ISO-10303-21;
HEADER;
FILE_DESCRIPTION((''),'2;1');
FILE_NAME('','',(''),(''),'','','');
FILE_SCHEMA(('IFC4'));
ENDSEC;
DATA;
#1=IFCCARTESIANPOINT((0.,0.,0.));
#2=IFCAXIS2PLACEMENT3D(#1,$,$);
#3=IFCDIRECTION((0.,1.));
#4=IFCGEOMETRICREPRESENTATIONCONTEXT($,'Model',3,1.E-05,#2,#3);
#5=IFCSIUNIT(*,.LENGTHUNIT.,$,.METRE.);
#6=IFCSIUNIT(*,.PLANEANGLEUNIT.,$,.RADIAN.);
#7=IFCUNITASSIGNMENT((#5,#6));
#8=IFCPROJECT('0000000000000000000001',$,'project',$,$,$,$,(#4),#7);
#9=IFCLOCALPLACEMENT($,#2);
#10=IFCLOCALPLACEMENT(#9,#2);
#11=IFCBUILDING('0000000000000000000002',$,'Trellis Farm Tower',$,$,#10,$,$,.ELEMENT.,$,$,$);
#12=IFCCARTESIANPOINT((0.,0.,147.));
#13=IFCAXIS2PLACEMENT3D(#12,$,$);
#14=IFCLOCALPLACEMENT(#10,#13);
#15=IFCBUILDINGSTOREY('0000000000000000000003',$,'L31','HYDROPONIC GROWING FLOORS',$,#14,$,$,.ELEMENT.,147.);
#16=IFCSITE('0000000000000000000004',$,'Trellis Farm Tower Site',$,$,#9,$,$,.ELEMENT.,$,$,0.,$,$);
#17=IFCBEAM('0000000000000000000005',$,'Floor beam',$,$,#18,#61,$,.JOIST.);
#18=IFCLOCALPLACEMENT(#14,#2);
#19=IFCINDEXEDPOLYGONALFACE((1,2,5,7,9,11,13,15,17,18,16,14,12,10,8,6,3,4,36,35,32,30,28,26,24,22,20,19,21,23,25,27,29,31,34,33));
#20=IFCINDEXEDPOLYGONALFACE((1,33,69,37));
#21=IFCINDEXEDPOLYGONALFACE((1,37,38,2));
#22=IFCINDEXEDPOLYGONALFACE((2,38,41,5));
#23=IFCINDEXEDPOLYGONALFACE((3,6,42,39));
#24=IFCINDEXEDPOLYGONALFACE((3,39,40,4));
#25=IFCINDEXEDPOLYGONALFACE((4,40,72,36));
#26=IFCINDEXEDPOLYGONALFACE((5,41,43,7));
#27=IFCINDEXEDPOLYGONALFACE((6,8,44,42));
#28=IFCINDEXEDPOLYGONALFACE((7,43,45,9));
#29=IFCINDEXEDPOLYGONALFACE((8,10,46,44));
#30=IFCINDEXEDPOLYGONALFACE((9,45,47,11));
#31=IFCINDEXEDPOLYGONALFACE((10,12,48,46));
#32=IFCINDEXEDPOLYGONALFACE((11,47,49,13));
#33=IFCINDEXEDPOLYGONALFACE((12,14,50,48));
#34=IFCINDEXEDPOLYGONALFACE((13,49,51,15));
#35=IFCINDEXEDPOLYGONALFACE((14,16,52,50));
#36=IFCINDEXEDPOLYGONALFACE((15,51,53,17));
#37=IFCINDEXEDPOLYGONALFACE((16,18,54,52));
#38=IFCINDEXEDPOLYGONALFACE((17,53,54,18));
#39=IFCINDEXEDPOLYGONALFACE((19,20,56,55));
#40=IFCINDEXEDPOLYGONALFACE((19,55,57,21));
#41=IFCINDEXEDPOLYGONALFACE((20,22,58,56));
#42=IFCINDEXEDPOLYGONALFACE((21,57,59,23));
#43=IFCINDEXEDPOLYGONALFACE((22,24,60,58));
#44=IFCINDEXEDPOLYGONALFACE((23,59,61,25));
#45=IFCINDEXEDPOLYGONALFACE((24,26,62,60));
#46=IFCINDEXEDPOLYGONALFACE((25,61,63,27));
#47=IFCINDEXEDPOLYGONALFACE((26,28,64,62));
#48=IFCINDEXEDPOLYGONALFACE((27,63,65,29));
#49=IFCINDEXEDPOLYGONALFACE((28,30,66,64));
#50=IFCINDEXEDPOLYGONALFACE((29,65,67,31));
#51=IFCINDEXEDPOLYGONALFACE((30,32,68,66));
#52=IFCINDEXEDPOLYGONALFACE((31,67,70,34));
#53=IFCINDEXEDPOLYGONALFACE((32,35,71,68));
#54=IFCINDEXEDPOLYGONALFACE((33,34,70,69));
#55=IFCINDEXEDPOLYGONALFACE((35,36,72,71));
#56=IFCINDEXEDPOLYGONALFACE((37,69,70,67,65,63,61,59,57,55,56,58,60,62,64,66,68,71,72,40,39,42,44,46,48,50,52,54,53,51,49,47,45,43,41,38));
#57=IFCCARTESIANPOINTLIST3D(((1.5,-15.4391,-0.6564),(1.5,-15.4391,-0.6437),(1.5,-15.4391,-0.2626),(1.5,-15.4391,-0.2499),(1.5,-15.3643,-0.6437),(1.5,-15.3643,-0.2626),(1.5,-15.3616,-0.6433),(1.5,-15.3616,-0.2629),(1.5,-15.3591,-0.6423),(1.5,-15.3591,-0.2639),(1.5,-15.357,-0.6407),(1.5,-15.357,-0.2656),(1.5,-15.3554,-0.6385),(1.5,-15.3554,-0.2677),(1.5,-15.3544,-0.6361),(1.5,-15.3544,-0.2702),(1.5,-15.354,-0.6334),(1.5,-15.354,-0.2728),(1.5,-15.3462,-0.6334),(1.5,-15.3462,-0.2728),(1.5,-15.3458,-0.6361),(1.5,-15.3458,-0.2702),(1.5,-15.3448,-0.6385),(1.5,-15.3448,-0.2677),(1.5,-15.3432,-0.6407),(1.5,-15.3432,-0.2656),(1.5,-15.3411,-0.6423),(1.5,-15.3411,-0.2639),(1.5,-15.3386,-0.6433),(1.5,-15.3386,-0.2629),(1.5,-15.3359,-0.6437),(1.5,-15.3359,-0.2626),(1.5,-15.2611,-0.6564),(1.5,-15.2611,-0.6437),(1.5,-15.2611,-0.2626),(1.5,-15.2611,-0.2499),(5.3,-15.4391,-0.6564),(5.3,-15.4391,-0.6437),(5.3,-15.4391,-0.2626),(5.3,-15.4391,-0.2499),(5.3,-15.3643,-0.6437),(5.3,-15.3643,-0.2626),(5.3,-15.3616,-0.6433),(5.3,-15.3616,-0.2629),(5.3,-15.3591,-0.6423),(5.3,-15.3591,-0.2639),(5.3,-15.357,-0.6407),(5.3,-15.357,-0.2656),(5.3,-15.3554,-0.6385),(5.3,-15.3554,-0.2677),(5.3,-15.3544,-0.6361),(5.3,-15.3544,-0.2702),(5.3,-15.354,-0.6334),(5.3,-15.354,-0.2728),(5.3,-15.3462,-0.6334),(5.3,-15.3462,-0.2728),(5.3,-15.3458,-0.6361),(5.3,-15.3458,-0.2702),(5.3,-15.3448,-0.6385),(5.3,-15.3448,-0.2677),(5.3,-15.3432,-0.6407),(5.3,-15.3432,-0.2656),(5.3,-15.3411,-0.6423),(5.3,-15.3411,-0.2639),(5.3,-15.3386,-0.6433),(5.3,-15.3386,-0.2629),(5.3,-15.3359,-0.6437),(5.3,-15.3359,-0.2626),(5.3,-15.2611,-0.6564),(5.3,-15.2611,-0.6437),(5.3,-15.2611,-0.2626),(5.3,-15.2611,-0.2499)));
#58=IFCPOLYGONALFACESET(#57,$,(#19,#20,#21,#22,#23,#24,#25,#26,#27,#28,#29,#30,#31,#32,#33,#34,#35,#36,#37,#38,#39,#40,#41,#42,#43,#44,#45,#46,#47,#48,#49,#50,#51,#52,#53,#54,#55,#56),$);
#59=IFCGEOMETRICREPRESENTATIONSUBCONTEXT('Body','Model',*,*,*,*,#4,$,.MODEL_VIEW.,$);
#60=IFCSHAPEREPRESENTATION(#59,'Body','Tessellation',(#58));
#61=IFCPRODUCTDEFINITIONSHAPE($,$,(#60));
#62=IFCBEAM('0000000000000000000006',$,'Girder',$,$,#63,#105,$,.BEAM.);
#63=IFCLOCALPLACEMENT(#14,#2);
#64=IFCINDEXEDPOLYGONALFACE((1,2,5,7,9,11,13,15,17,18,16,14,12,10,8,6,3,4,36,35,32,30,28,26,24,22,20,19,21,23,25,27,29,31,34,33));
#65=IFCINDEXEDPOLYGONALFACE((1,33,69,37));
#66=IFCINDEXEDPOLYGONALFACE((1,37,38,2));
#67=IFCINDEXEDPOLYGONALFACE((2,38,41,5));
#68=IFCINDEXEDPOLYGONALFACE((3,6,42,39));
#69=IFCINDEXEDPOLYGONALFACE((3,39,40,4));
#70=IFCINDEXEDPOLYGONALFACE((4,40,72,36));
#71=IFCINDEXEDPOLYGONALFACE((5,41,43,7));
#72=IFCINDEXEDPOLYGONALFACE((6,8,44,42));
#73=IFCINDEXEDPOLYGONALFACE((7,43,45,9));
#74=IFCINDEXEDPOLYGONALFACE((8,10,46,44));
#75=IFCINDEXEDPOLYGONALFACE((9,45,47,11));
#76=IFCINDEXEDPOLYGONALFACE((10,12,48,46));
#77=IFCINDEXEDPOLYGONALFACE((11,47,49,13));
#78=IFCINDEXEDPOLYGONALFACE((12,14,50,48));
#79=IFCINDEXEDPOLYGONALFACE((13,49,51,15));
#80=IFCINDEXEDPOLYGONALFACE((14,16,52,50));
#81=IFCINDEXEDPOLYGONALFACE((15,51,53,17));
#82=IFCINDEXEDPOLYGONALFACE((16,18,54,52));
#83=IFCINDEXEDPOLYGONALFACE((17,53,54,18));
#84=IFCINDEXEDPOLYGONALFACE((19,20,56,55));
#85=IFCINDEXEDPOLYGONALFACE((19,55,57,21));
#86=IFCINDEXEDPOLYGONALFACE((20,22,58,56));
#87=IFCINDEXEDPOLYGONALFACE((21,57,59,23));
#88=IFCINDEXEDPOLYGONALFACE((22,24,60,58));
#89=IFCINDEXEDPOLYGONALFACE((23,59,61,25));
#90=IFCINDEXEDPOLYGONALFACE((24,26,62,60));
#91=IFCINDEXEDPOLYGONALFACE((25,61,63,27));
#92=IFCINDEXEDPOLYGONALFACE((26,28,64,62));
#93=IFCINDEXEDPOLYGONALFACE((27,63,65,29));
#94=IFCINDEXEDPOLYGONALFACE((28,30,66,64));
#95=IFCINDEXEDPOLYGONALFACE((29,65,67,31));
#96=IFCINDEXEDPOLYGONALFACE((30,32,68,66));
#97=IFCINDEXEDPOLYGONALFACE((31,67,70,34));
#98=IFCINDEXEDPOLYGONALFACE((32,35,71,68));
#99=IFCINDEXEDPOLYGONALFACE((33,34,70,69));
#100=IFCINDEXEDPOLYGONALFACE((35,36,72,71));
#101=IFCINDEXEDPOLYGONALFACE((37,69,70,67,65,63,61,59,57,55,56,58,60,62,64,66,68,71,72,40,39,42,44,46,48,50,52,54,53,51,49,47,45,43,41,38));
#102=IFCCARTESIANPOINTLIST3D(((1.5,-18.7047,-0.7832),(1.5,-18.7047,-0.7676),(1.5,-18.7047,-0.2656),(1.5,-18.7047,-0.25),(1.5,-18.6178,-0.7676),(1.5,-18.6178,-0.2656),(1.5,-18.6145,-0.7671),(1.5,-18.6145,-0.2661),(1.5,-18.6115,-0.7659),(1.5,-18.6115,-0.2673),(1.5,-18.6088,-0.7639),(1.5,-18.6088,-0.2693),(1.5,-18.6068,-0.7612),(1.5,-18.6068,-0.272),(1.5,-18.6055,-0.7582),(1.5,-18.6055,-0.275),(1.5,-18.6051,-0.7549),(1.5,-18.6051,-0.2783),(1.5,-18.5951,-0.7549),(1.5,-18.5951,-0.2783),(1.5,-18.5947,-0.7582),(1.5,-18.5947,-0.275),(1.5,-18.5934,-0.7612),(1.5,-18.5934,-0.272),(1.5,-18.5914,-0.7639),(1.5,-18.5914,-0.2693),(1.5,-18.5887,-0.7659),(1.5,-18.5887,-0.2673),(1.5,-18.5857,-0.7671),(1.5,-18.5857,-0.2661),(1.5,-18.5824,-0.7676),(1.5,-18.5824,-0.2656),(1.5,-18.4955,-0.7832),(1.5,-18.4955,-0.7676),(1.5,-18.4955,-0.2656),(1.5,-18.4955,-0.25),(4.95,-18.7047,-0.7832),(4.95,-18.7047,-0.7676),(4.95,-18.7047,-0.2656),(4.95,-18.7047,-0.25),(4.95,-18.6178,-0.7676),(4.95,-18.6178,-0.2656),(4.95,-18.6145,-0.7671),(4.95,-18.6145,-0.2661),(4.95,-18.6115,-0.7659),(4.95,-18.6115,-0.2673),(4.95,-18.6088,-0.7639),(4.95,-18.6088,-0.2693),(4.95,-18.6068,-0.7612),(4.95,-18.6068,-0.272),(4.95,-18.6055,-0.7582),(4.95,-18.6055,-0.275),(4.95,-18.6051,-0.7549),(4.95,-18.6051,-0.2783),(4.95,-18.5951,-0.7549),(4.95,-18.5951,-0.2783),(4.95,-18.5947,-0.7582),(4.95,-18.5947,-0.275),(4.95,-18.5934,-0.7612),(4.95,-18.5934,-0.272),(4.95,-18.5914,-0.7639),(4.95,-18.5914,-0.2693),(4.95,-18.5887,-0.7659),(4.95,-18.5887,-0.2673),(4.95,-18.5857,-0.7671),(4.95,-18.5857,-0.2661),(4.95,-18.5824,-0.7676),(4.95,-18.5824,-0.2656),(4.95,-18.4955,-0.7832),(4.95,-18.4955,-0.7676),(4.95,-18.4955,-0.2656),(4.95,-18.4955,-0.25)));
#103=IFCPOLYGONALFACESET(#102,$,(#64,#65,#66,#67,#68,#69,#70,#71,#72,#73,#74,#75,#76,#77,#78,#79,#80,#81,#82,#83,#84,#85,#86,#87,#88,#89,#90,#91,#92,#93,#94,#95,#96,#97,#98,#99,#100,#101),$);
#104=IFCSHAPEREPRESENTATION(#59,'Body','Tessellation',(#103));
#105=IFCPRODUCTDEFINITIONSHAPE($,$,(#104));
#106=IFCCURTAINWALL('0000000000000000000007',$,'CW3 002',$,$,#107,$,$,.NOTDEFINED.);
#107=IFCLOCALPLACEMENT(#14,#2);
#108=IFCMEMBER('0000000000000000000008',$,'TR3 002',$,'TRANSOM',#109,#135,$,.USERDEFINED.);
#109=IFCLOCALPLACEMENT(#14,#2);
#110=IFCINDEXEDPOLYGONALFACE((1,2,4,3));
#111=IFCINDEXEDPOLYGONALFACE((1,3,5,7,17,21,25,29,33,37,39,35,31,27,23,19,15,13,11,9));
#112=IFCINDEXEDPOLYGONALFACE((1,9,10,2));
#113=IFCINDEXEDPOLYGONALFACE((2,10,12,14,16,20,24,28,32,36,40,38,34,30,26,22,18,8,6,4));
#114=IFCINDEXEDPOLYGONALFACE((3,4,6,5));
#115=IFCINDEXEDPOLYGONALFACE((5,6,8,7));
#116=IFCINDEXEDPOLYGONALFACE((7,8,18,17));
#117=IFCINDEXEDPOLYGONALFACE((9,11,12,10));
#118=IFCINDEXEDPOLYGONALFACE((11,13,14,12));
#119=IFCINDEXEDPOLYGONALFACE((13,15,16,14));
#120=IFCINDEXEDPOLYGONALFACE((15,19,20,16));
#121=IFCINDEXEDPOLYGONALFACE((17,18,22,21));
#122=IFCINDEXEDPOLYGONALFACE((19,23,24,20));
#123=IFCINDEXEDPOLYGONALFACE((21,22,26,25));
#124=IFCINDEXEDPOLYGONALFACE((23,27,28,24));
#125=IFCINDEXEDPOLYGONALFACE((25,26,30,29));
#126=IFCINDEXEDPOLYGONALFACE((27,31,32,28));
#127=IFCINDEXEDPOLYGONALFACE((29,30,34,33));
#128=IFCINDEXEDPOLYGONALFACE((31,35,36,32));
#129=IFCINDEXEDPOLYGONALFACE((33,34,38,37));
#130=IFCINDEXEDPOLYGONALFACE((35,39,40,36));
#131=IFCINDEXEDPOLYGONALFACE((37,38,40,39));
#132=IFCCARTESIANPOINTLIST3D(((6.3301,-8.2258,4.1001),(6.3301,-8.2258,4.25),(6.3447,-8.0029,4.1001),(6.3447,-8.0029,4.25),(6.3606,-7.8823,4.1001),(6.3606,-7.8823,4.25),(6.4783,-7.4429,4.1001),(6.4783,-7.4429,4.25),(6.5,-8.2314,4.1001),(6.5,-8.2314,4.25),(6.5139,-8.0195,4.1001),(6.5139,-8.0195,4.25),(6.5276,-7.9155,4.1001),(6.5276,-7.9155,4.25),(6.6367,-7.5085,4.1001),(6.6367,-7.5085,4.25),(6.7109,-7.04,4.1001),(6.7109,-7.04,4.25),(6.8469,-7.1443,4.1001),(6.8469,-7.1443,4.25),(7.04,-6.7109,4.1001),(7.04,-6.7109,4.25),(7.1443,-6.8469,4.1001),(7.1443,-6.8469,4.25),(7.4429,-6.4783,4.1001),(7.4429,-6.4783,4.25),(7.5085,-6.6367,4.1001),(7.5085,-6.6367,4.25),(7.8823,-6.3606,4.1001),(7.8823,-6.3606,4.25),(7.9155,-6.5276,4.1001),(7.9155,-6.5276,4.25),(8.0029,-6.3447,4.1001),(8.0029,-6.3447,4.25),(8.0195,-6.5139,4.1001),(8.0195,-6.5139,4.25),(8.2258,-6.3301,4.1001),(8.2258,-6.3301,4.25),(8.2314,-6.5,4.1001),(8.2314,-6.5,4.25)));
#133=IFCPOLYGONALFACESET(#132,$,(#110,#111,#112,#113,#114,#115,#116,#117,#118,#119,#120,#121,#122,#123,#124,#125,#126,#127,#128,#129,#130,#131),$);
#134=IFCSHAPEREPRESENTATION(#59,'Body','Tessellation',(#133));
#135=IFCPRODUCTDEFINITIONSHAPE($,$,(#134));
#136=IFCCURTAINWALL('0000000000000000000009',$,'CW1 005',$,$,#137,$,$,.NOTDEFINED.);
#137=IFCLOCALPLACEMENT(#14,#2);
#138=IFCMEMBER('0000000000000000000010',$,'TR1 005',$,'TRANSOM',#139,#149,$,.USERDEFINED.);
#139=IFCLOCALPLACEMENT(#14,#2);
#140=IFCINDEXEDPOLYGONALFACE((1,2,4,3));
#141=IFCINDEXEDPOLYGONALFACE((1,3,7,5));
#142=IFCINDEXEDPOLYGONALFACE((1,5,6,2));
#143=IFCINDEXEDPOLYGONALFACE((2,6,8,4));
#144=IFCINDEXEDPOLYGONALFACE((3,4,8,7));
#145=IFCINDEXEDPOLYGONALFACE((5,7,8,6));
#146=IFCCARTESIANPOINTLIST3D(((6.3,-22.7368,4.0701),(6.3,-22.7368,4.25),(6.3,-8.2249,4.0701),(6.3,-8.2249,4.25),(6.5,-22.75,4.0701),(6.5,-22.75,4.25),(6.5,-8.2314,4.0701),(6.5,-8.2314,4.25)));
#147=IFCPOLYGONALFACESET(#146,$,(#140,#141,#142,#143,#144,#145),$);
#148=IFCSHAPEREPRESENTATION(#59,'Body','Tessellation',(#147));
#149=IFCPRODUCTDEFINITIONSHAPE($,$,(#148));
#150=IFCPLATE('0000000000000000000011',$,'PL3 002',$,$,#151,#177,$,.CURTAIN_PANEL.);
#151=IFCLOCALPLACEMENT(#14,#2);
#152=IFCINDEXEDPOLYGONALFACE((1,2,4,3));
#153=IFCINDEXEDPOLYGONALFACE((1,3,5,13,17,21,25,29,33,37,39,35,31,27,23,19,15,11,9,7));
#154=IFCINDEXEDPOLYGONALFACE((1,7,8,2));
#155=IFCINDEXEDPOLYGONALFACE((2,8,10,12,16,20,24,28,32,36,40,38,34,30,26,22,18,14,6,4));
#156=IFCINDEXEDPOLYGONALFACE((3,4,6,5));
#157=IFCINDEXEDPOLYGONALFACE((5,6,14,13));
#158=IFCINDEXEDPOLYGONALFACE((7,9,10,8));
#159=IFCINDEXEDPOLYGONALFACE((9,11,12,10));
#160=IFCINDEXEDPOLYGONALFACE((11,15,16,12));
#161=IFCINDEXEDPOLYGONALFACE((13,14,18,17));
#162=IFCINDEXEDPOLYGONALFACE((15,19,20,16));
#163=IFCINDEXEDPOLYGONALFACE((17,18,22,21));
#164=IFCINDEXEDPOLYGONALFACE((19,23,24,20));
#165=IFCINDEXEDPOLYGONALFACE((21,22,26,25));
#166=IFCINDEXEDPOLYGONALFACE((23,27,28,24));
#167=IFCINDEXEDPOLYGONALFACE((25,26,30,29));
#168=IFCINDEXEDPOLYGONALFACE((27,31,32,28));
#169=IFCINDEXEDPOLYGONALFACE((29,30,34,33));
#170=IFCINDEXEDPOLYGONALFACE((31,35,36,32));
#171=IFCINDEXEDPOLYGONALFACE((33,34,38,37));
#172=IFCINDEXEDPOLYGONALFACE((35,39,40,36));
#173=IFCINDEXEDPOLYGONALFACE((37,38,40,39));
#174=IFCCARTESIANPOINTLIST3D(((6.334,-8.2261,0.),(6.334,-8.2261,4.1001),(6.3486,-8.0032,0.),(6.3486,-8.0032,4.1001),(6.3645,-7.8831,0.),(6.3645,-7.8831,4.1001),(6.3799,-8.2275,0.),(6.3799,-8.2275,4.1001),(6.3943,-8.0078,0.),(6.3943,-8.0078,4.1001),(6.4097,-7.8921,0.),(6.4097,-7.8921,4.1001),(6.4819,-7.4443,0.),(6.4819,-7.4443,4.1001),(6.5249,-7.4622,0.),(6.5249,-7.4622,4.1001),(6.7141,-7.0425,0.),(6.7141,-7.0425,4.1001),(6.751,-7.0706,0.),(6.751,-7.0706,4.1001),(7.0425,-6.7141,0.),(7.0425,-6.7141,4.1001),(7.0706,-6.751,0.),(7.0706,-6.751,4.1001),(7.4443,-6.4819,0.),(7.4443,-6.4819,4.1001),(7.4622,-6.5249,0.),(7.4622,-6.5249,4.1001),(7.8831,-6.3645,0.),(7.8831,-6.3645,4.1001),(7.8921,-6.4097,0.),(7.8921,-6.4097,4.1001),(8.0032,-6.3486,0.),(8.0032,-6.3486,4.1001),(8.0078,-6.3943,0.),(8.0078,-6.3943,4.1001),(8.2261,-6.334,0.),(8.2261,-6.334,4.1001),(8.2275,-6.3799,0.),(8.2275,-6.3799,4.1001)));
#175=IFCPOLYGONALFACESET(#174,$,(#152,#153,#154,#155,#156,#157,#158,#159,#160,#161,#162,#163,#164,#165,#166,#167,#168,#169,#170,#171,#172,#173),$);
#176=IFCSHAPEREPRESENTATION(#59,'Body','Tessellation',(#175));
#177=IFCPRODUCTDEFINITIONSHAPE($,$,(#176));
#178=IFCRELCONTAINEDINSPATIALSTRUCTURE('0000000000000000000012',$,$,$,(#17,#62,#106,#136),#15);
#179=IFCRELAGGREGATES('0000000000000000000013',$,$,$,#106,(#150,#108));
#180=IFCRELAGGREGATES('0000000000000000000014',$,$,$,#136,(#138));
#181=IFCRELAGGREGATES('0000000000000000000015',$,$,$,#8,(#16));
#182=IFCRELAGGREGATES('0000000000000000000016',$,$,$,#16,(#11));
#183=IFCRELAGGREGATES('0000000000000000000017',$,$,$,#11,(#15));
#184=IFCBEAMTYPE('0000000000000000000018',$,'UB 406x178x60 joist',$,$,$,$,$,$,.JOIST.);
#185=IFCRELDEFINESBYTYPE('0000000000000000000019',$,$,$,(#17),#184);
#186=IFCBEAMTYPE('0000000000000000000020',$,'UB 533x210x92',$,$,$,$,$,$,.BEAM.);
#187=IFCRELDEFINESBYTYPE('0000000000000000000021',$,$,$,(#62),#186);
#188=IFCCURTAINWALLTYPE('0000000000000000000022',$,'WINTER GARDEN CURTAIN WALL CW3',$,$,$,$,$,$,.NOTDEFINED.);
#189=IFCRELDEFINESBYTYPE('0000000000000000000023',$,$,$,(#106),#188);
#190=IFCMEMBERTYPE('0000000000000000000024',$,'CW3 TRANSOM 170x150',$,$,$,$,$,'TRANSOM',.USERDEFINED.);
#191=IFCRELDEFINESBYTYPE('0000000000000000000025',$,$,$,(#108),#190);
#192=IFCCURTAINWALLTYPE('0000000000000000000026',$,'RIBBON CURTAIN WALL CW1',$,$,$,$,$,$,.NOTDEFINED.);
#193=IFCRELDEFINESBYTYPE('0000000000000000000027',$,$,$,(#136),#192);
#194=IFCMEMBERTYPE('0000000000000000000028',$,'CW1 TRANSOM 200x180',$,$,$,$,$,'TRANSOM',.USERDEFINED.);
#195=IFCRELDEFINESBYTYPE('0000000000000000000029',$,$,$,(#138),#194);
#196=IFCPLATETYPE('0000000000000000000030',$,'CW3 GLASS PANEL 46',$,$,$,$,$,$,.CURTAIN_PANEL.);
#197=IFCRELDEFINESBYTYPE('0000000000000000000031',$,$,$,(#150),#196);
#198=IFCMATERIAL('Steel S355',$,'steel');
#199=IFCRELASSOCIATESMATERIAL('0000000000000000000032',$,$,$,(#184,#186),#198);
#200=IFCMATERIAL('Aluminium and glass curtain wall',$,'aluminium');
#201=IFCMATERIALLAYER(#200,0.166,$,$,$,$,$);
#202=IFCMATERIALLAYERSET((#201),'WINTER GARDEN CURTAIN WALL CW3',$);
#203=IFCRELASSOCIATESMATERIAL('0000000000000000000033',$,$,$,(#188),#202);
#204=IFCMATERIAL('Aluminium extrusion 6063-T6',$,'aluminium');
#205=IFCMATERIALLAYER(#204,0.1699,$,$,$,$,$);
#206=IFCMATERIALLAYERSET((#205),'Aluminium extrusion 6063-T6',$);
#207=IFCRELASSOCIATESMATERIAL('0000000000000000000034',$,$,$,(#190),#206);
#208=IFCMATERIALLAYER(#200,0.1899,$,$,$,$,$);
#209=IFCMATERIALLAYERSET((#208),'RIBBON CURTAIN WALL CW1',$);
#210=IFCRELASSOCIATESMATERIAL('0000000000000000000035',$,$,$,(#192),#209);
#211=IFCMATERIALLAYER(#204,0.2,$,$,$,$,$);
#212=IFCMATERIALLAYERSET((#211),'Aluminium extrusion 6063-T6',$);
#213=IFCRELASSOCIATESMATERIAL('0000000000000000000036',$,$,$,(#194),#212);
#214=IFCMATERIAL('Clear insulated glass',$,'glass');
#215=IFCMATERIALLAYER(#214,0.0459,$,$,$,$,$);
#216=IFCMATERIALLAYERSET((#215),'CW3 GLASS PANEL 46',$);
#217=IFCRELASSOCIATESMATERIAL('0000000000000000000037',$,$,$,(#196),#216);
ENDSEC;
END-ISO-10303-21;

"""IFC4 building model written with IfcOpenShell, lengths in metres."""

from ifc_helpers import new_model, si_unit, direction, frame, origin, origin_2d, place, context, subcontext, project, spatial, polyline, i_section, outline, extrude, source, transform, mapped, material, layer, layer_set, material_profile, profile_set, type_object, element, aggregate, save


model = new_model("IFC4")

# Units and contexts
model_context = context("Model", 3, precision=1e-05, world=origin(), true_north=direction((0.0, 1.0)))
body_context = subcontext(model_context, "Body", "Model", "MODEL_VIEW")
ifc_project = project(units=[si_unit("LENGTHUNIT", "METRE"), si_unit("PLANEANGLEUNIT", "RADIAN")], contexts=[model_context])

# Site, building, storey
site_placement = place(None, origin())
site = spatial("IfcSite", under=ifc_project, at=site_placement, Name="Trellis Farm Tower Site", CompositionType="ELEMENT", RefElevation=0.0)
building_placement = place(site_placement, origin())
building = spatial("IfcBuilding", under=site, at=building_placement, Name="Trellis Farm Tower", CompositionType="ELEMENT")
storey_placement = place(building_placement, frame((0.0, 0.0, 147.0)))
storey = spatial("IfcBuildingStorey", under=building, at=storey_placement, Name="L31", Description="HYDROPONIC GROWING FLOORS", CompositionType="ELEMENT", Elevation=147.0)

# Beams
ifc_material_1 = material(Name="Steel S355", Category="steel")
ifc_material_profile_1 = material_profile(ifc_material_1, i_section(OverallWidth=0.178, OverallDepth=0.4065, WebThickness=0.0078, FlangeThickness=0.0127, FilletRadius=0.0103, at=origin_2d()), Name="UB 406x178x60")
ifc_profile_set_1 = profile_set([ifc_material_profile_1], Name="Steel S355")
beam_type_1 = type_object("IfcBeamType", Name="UB 406x178x60 joist", PredefinedType="JOIST", material=ifc_profile_set_1)
shared_shape_1 = source(origin(), body_context, "Body", "SweptSolid", [
    extrude(i_section(OverallWidth=0.178, OverallDepth=0.4065, WebThickness=0.0078, FlangeThickness=0.0127, FilletRadius=0.0103, at=origin_2d()), origin(), (0.0, 0.0, 1.0), 3.8),
])
beam_1_placement = place(storey_placement, frame((1.5, -15.3501, -0.4531), z_axis=(1.0, 0.0, 0.0), x_axis=(0.0, 1.0, 0.0)))
element("IfcBeam", 1, at=beam_1_placement, inside=storey, type_object=beam_type_1, Name="Floor beam", PredefinedType="JOIST", context=body_context, shape_type="MappedRepresentation", body=[
    mapped(shared_shape_1, transform((0.0, 0.0, 0.0))),
])
ifc_material_profile_2 = material_profile(ifc_material_1, i_section(OverallWidth=0.2092, OverallDepth=0.5332, WebThickness=0.01, FlangeThickness=0.0156, FilletRadius=0.0127, at=origin_2d()), Name="UB 533x210x92")
ifc_profile_set_2 = profile_set([ifc_material_profile_2], Name="Steel S355")
beam_type_2 = type_object("IfcBeamType", Name="UB 533x210x92", PredefinedType="BEAM", material=ifc_profile_set_2)
shared_shape_2 = source(origin(), body_context, "Body", "SweptSolid", [
    extrude(i_section(OverallWidth=0.2092, OverallDepth=0.5332, WebThickness=0.01, FlangeThickness=0.0156, FilletRadius=0.0127, at=origin_2d()), origin(), (0.0, 0.0, 1.0), 3.45),
])
beam_2_placement = place(storey_placement, frame((1.5, -18.6001, -0.5166), z_axis=(1.0, 0.0, 0.0), x_axis=(0.0, 1.0, 0.0)))
element("IfcBeam", 2, at=beam_2_placement, inside=storey, type_object=beam_type_2, Name="Girder", PredefinedType="BEAM", context=body_context, shape_type="MappedRepresentation", body=[
    mapped(shared_shape_2, transform((0.0, 0.0, 0.0))),
])

# Curtain walls, members
ifc_material_2 = material(Name="Aluminium and glass curtain wall", Category="aluminium")
ifc_layer_1 = layer(ifc_material_2, 0.166)
ifc_layer_set_1 = layer_set([ifc_layer_1], Name="WINTER GARDEN CURTAIN WALL CW3")
curtain_wall_type_1 = type_object("IfcCurtainWallType", Name="WINTER GARDEN CURTAIN WALL CW3", PredefinedType="NOTDEFINED", material=ifc_layer_set_1)
placement_1 = place(storey_placement, origin())
curtain_wall_1 = element("IfcCurtainWall", 3, at=placement_1, inside=storey, type_object=curtain_wall_type_1, Name="CW3 002", PredefinedType="NOTDEFINED")
ifc_material_3 = material(Name="Aluminium extrusion 6063-T6", Category="aluminium")
ifc_layer_2 = layer(ifc_material_3, 0.1699)
ifc_layer_set_2 = layer_set([ifc_layer_2], Name="Aluminium extrusion 6063-T6")
member_type_1 = type_object("IfcMemberType", Name="CW3 TRANSOM 170x150", ElementType="TRANSOM", PredefinedType="USERDEFINED", material=ifc_layer_set_2)
shared_shape_3 = source(origin(), body_context, "Body", "SweptSolid", [
    extrude(outline(polyline([(6.5, -8.2314), (6.5139, -8.0195), (6.5276, -7.9155), (6.6367, -7.5085), (6.8469, -7.1443), (7.1443, -6.8469), (7.5085, -6.6367), (7.9155, -6.5276), (8.0195, -6.5139), (8.2314, -6.5), (8.2258, -6.3301), (8.0029, -6.3447), (7.8823, -6.3606), (7.4429, -6.4783), (7.04, -6.7109), (6.7109, -7.04), (6.4783, -7.4429), (6.3606, -7.8823), (6.3447, -8.0029), (6.3301, -8.2258), (6.5, -8.2314)])), origin(), (0.0, 0.0, 1.0), 0.1499),
])
member_1_placement = place(storey_placement, frame((0.0, 0.0, 4.1001)))
member_1 = element("IfcMember", 4, at=member_1_placement, type_object=member_type_1, Name="TR3 002", ObjectType="TRANSOM", PredefinedType="USERDEFINED", context=body_context, shape_type="MappedRepresentation", body=[
    mapped(shared_shape_3, transform((0.0, 0.0, 0.0))),
])
ifc_layer_3 = layer(ifc_material_2, 0.1899)
ifc_layer_set_3 = layer_set([ifc_layer_3], Name="RIBBON CURTAIN WALL CW1")
curtain_wall_type_2 = type_object("IfcCurtainWallType", Name="RIBBON CURTAIN WALL CW1", PredefinedType="NOTDEFINED", material=ifc_layer_set_3)
curtain_wall_2 = element("IfcCurtainWall", 5, at=placement_1, inside=storey, type_object=curtain_wall_type_2, Name="CW1 005", PredefinedType="NOTDEFINED")
ifc_layer_4 = layer(ifc_material_3, 0.2)
ifc_layer_set_4 = layer_set([ifc_layer_4], Name="Aluminium extrusion 6063-T6")
member_type_2 = type_object("IfcMemberType", Name="CW1 TRANSOM 200x180", ElementType="TRANSOM", PredefinedType="USERDEFINED", material=ifc_layer_set_4)
shared_shape_4 = source(origin(), body_context, "Body", "SweptSolid", [
    extrude(outline(polyline([(6.5, -22.75), (6.5, -8.2314), (6.3, -8.2249), (6.3, -22.7368), (6.5, -22.75)])), origin(), (0.0, 0.0, 1.0), 0.1799),
])
member_2_placement = place(storey_placement, frame((0.0, 0.0, 4.0701)))
member_2 = element("IfcMember", 6, at=member_2_placement, type_object=member_type_2, Name="TR1 005", ObjectType="TRANSOM", PredefinedType="USERDEFINED", context=body_context, shape_type="MappedRepresentation", body=[
    mapped(shared_shape_4, transform((0.0, 0.0, 0.0))),
])

# Plate
ifc_material_4 = material(Name="Clear insulated glass", Category="glass")
ifc_layer_5 = layer(ifc_material_4, 0.0459)
ifc_layer_set_5 = layer_set([ifc_layer_5], Name="CW3 GLASS PANEL 46")
plate_type_1 = type_object("IfcPlateType", Name="CW3 GLASS PANEL 46", PredefinedType="CURTAIN_PANEL", material=ifc_layer_set_5)
shared_shape_5 = source(origin(), body_context, "Body", "SweptSolid", [
    extrude(outline(polyline([(6.3799, -8.2275), (6.3943, -8.0078), (6.4097, -7.8921), (6.5249, -7.4622), (6.751, -7.0706), (7.0706, -6.751), (7.4622, -6.5249), (7.8921, -6.4097), (8.0078, -6.3943), (8.2275, -6.3799), (8.2261, -6.334), (8.0032, -6.3486), (7.8831, -6.3645), (7.4443, -6.4819), (7.0425, -6.7141), (6.7141, -7.0425), (6.4819, -7.4443), (6.3645, -7.8831), (6.3486, -8.0032), (6.334, -8.2261), (6.3799, -8.2275)])), origin(), (0.0, 0.0, 1.0), 4.1001),
])
plate_1 = element("IfcPlate", 7, at=placement_1, type_object=plate_type_1, Name="PL3 002", PredefinedType="CURTAIN_PANEL", context=body_context, shape_type="MappedRepresentation", body=[
    mapped(shared_shape_5, transform((0.0, 0.0, 0.0))),
])
aggregate(curtain_wall_1, [plate_1, member_1])

aggregate(curtain_wall_2, [member_2])

save(model, "model.ifc")
